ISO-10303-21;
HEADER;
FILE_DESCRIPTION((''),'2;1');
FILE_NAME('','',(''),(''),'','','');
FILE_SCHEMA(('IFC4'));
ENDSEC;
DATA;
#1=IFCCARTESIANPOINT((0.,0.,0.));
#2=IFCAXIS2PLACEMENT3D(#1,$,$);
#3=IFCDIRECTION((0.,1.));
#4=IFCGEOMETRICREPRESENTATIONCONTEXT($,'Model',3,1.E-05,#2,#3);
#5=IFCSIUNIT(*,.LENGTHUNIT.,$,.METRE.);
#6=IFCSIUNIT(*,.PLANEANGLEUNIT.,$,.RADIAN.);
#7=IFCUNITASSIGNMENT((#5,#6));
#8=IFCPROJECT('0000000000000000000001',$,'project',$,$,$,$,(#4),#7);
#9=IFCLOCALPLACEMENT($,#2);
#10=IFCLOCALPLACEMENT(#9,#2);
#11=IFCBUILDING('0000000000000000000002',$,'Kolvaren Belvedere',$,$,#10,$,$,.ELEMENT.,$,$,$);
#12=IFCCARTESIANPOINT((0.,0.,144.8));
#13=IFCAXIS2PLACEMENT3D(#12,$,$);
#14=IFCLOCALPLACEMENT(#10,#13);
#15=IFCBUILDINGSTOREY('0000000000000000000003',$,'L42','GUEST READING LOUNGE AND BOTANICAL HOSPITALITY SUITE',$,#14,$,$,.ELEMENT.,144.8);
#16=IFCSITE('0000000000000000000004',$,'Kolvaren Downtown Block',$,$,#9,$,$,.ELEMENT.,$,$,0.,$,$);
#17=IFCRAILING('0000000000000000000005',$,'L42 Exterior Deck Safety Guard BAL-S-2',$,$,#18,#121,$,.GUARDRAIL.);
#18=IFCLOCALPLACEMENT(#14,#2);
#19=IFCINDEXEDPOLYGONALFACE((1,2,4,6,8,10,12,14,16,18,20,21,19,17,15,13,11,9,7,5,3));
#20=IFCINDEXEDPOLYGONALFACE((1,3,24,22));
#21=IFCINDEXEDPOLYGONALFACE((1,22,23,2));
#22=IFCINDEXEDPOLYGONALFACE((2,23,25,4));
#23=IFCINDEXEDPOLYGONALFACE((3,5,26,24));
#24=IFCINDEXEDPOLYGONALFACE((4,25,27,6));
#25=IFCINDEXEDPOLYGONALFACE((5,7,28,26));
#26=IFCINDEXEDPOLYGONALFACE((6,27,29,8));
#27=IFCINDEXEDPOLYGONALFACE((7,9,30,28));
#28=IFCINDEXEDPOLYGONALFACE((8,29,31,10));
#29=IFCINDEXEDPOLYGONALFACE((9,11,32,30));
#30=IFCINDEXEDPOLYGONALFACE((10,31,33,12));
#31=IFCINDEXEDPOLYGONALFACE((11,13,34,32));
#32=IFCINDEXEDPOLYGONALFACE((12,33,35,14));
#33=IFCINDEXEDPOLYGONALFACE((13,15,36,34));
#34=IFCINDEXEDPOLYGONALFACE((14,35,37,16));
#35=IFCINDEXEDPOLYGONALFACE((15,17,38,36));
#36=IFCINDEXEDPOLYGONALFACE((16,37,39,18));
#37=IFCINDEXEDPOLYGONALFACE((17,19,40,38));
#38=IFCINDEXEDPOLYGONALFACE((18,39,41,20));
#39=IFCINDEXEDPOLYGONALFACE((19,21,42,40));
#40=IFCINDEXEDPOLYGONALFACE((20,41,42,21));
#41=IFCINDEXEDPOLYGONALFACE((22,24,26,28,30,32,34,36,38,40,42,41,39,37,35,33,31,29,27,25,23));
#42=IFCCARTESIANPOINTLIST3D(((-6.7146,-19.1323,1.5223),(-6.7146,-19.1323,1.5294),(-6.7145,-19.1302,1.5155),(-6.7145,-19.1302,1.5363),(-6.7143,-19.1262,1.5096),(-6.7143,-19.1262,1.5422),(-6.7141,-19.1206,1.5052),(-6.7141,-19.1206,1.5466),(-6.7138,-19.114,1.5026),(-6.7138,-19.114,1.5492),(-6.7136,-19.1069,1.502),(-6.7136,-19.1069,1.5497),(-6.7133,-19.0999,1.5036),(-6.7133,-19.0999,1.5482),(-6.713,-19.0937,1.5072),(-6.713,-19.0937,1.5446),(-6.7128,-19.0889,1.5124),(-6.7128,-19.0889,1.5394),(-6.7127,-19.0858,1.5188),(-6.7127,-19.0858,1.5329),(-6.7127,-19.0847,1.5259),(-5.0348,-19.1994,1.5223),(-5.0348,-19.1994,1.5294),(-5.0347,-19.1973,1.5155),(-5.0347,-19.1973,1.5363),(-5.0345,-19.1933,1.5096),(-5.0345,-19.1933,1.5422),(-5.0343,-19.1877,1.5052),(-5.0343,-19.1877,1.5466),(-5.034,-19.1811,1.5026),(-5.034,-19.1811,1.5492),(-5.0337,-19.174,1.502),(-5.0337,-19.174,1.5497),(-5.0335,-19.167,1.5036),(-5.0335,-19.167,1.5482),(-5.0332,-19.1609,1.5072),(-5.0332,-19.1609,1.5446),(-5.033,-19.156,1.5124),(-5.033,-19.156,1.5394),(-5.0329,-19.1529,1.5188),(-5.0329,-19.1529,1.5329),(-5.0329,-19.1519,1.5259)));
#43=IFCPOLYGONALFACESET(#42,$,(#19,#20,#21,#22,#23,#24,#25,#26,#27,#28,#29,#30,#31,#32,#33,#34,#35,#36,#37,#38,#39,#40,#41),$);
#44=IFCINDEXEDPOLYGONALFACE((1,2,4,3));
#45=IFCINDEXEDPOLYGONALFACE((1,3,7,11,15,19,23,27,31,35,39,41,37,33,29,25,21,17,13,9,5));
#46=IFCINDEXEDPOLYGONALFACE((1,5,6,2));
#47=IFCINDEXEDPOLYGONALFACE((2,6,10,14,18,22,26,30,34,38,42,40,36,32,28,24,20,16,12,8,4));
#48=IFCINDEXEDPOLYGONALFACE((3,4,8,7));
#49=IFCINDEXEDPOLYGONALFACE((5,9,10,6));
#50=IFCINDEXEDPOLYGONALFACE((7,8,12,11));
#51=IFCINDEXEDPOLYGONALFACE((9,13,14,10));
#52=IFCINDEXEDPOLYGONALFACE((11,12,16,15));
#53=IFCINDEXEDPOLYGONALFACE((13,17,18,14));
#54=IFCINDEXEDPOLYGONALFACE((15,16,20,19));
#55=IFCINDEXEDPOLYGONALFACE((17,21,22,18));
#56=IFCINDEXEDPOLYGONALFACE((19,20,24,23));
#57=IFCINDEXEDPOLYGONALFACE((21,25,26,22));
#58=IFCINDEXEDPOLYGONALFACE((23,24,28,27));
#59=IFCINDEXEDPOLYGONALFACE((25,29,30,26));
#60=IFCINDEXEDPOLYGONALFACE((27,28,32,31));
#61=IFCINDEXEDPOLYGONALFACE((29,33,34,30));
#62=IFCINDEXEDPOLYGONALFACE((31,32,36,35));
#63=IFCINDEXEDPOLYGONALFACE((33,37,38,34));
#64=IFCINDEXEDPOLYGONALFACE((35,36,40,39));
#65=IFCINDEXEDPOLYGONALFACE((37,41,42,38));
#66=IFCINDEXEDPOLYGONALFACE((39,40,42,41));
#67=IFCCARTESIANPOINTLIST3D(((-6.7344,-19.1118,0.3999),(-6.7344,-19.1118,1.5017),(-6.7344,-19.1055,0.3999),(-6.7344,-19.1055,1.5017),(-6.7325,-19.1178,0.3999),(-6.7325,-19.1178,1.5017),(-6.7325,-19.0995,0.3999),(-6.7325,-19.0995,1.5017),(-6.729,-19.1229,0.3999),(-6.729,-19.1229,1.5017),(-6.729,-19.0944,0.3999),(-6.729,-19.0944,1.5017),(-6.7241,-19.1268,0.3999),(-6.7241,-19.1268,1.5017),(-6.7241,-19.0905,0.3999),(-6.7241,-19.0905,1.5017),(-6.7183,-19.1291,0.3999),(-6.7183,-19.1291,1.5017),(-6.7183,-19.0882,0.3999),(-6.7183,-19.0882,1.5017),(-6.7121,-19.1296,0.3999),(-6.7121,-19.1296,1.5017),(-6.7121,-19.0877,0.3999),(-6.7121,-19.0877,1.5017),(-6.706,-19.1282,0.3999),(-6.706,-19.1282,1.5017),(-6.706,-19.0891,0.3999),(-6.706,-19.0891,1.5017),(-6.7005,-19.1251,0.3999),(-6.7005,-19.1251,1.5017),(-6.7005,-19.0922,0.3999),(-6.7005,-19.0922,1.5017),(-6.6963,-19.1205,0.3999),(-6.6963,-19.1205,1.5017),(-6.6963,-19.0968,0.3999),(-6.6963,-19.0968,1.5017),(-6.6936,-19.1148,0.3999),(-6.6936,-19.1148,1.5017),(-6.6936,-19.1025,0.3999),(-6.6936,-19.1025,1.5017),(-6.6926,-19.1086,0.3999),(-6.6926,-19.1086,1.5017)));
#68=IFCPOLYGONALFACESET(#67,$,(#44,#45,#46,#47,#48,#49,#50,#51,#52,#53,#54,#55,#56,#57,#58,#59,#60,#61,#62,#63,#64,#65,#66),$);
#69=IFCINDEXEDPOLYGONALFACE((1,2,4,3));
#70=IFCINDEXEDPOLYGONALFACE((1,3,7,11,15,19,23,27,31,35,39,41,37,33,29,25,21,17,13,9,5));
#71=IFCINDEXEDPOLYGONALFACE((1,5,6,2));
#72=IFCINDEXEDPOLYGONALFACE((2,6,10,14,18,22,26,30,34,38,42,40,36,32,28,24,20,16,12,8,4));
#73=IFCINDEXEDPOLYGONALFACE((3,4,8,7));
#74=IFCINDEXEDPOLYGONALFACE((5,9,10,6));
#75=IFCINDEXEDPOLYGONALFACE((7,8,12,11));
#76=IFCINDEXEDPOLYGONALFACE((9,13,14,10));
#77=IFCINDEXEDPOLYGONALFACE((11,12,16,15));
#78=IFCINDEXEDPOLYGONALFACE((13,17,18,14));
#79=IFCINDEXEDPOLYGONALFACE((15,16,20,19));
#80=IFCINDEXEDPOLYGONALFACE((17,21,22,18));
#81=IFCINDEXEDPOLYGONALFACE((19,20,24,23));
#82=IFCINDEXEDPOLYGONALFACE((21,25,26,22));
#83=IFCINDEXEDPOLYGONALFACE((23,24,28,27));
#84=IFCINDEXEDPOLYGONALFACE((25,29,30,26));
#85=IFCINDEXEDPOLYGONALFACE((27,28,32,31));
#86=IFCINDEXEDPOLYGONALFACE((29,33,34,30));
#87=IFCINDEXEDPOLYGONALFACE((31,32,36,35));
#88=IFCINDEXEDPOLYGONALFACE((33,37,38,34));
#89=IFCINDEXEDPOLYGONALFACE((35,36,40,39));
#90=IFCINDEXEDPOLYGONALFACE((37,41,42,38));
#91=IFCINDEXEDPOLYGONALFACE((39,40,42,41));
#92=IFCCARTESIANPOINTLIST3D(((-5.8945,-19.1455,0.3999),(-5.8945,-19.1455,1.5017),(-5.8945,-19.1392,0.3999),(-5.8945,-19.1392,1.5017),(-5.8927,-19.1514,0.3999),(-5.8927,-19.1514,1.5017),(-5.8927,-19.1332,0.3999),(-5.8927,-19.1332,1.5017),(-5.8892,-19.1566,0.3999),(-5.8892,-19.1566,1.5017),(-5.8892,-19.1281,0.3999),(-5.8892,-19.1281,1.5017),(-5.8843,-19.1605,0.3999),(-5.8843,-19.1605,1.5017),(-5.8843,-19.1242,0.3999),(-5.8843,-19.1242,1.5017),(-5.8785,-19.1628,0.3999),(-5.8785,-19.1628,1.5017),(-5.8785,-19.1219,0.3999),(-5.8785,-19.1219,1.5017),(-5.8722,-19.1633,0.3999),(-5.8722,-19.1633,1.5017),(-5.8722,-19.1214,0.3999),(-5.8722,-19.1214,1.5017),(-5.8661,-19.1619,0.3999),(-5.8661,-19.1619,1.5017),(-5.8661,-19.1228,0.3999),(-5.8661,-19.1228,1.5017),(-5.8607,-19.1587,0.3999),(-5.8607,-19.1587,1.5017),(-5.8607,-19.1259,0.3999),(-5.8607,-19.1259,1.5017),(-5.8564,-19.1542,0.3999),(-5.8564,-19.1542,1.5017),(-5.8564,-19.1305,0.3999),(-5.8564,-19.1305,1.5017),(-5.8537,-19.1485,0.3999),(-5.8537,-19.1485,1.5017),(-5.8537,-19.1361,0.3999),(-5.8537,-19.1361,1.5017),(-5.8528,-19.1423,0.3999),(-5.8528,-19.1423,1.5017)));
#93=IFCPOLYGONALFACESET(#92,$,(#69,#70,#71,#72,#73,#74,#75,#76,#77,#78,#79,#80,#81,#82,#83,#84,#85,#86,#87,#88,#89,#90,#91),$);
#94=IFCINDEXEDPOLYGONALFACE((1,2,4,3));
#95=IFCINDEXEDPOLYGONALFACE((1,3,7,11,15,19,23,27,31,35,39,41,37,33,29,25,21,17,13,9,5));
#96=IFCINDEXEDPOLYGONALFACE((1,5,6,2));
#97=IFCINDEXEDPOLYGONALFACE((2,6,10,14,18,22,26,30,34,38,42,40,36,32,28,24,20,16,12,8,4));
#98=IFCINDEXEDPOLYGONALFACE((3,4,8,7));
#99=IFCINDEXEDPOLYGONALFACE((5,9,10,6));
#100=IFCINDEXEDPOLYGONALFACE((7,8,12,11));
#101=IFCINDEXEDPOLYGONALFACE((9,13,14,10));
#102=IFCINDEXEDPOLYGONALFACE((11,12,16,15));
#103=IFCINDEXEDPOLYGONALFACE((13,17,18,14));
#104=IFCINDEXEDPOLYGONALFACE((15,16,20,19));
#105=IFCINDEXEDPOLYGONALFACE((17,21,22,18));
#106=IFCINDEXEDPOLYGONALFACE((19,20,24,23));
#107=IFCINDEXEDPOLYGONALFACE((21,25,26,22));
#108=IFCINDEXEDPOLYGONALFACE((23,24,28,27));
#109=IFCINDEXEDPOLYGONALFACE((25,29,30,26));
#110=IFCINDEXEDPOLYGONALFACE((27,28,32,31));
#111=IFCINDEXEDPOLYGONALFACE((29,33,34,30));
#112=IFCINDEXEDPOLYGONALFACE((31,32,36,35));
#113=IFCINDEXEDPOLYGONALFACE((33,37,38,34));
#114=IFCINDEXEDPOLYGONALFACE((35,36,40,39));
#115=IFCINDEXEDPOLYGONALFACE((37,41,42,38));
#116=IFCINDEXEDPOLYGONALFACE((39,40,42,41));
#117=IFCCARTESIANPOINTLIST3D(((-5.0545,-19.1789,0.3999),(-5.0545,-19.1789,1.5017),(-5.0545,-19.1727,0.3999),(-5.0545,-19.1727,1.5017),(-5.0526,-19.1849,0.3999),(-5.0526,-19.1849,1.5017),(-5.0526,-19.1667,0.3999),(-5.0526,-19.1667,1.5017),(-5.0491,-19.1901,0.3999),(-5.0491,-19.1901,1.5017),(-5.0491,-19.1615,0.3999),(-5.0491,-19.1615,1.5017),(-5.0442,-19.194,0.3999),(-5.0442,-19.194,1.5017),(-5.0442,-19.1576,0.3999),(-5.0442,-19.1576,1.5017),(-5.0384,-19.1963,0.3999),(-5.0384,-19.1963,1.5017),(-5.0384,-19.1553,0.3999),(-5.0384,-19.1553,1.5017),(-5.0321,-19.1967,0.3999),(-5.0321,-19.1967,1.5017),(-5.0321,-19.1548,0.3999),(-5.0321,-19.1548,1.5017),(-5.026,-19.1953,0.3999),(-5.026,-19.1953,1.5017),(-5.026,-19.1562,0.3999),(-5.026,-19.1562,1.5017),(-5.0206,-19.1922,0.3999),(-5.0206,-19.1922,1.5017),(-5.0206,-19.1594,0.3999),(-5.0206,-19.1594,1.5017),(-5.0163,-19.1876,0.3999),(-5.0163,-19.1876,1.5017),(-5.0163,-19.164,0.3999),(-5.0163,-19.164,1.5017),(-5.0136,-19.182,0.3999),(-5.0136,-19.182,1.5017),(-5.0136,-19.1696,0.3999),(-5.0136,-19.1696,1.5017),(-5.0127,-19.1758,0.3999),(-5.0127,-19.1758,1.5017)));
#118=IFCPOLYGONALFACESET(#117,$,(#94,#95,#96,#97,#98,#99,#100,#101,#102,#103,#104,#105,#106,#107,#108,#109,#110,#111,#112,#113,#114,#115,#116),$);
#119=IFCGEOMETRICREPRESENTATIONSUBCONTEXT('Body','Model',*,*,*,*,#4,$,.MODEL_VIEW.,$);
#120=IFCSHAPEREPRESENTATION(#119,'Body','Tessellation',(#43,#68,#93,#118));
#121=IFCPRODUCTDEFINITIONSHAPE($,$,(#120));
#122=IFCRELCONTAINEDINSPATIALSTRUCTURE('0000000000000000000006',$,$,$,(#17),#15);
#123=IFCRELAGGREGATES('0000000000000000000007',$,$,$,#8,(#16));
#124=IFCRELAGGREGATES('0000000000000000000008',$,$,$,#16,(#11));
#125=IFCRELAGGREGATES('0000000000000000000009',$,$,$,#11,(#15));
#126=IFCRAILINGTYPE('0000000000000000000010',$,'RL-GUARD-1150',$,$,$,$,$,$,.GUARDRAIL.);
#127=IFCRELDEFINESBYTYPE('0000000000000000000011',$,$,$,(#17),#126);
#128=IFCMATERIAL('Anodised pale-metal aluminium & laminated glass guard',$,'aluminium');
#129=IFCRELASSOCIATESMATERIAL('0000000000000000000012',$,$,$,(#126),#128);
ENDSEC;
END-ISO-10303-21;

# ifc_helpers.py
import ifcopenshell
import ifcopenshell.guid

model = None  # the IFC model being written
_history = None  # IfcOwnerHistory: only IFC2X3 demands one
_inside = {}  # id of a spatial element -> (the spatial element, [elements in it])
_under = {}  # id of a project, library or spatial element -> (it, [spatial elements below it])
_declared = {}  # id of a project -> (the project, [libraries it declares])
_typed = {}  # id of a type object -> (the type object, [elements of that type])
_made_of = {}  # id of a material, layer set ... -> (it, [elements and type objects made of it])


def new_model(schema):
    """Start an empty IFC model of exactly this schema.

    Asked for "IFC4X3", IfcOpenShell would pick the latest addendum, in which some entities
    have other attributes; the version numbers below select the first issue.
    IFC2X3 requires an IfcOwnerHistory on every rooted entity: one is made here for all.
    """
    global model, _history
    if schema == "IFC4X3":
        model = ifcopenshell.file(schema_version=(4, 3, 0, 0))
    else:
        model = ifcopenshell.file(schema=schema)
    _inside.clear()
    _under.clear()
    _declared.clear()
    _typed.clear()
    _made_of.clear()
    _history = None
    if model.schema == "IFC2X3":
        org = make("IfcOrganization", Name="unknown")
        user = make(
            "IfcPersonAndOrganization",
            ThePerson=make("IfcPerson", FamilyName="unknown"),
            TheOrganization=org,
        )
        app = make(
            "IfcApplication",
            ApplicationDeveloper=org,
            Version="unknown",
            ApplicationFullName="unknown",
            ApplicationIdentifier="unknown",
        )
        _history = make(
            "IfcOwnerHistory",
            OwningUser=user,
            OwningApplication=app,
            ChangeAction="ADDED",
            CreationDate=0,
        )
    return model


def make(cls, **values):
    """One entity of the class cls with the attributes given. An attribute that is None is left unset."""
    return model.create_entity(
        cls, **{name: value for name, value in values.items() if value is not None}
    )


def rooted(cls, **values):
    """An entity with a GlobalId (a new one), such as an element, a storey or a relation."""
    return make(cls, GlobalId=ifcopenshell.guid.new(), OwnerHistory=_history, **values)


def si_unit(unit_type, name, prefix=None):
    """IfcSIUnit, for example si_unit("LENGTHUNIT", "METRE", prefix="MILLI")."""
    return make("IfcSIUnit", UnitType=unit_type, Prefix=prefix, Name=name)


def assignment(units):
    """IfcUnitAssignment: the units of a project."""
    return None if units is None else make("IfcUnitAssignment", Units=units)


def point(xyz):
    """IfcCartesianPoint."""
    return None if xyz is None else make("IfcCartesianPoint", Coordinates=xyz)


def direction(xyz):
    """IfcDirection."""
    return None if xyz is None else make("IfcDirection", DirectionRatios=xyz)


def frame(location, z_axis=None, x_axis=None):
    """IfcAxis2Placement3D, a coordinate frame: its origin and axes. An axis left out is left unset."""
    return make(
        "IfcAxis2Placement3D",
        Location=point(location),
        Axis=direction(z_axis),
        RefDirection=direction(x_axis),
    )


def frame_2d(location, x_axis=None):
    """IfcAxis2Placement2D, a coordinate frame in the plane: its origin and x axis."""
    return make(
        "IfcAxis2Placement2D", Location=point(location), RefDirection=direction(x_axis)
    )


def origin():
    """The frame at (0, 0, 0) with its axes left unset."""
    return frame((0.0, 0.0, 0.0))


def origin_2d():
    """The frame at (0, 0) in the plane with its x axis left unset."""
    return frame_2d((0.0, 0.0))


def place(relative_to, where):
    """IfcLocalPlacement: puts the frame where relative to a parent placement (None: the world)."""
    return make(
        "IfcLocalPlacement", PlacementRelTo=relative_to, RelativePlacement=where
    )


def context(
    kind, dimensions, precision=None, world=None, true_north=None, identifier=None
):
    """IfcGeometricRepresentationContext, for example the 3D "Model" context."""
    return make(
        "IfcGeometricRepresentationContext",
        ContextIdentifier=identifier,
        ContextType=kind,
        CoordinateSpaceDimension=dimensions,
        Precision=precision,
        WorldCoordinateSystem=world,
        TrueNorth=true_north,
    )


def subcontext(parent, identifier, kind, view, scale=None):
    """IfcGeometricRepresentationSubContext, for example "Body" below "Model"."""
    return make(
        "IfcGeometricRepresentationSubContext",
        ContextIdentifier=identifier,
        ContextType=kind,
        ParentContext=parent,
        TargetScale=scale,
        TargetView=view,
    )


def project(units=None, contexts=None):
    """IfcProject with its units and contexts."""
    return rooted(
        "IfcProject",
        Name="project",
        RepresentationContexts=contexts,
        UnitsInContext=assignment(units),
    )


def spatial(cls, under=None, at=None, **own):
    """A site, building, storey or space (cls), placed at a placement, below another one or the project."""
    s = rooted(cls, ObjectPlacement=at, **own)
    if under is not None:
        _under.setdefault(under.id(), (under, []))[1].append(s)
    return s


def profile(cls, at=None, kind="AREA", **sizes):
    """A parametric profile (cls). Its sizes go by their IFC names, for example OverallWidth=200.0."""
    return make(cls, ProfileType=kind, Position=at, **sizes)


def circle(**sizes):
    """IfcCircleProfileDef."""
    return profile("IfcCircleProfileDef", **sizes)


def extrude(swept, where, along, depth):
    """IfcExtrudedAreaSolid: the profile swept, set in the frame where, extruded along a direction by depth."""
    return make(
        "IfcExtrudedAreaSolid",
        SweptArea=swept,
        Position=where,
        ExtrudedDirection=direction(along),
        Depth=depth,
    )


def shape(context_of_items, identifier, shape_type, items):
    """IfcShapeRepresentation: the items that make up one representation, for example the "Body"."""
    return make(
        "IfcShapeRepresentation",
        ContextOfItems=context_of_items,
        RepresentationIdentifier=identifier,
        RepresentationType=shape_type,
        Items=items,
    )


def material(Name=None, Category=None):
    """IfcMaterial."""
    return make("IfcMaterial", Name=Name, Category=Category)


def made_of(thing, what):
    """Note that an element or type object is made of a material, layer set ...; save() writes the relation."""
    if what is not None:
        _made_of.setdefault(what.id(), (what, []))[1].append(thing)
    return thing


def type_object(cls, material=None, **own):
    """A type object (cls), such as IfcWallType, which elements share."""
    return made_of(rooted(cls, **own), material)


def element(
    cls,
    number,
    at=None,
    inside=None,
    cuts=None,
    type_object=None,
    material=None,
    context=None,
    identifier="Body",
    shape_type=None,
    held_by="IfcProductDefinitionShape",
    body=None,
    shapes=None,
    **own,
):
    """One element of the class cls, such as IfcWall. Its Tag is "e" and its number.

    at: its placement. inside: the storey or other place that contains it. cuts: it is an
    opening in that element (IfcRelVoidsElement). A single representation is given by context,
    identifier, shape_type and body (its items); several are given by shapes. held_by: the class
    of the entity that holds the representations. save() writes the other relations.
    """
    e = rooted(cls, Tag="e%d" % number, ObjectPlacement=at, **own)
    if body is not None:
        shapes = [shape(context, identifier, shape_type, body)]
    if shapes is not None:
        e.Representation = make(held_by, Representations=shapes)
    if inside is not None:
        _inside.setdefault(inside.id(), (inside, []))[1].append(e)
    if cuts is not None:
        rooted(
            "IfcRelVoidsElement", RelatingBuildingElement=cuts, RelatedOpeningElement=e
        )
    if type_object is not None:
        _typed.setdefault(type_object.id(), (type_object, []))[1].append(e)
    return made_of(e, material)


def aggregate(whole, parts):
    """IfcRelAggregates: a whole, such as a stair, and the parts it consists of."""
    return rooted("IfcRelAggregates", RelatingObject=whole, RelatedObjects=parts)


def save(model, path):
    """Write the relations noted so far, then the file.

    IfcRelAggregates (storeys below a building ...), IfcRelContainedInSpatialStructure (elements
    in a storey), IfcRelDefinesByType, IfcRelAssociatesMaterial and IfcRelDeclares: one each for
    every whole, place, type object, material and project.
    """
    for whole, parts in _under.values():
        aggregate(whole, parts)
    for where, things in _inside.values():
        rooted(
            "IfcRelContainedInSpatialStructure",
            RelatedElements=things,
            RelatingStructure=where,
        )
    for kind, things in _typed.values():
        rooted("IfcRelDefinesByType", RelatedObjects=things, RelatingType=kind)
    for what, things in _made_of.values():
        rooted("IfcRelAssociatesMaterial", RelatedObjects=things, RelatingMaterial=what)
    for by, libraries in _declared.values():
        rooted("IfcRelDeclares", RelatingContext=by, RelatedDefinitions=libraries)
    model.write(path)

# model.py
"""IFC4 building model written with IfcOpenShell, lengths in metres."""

from ifc_helpers import new_model, si_unit, direction, frame, origin, origin_2d, place, context, subcontext, project, spatial, circle, extrude, material, type_object, element, save


model = new_model("IFC4")

# Units and contexts
model_context = context("Model", 3, precision=1e-05, world=origin(), true_north=direction((0.0, 1.0)))
body_context = subcontext(model_context, "Body", "Model", "MODEL_VIEW")
ifc_project = project(units=[si_unit("LENGTHUNIT", "METRE"), si_unit("PLANEANGLEUNIT", "RADIAN")], contexts=[model_context])

# Site, building, storey
site_placement = place(None, origin())
site = spatial("IfcSite", under=ifc_project, at=site_placement, Name="Kolvaren Downtown Block", CompositionType="ELEMENT", RefElevation=0.0)
building_placement = place(site_placement, origin())
building = spatial("IfcBuilding", under=site, at=building_placement, Name="Kolvaren Belvedere", CompositionType="ELEMENT")
storey_placement = place(building_placement, frame((0.0, 0.0, 144.8)))
storey = spatial("IfcBuildingStorey", under=building, at=storey_placement, Name="L42", Description="GUEST READING LOUNGE AND BOTANICAL HOSPITALITY SUITE", CompositionType="ELEMENT", Elevation=144.8)

# Railing
ifc_material_1 = material(Name="Anodised pale-metal aluminium & laminated glass guard", Category="aluminium")
railing_type = type_object("IfcRailingType", Name="RL-GUARD-1150", PredefinedType="GUARDRAIL", material=ifc_material_1)
railing_1_placement = place(storey_placement, frame((-6.7136, -19.1086, 0.3999)))
element("IfcRailing", 1, at=railing_1_placement, inside=storey, type_object=railing_type, Name="L42 Exterior Deck Safety Guard BAL-S-2", PredefinedType="GUARDRAIL", context=body_context, shape_type="SweptSolid", body=[
    extrude(circle(Radius=0.0239, at=origin_2d()), frame((0.0, 0.0, 1.126), z_axis=(0.999202, -0.039933, 0.0), x_axis=(0.039933, 0.999202, 0.0)), (0.0, 0.0, 1.0), 1.6812),
    extrude(circle(Radius=0.021, at=origin_2d()), origin(), (0.0, 0.0, 1.0), 1.1018),
    extrude(circle(Radius=0.021, at=origin_2d()), frame((0.8398, -0.0337, 0.0)), (0.0, 0.0, 1.0), 1.1018),
    extrude(circle(Radius=0.021, at=origin_2d()), frame((1.6799, -0.0671, 0.0)), (0.0, 0.0, 1.0), 1.1018),
])

save(model, "model.ifc")
